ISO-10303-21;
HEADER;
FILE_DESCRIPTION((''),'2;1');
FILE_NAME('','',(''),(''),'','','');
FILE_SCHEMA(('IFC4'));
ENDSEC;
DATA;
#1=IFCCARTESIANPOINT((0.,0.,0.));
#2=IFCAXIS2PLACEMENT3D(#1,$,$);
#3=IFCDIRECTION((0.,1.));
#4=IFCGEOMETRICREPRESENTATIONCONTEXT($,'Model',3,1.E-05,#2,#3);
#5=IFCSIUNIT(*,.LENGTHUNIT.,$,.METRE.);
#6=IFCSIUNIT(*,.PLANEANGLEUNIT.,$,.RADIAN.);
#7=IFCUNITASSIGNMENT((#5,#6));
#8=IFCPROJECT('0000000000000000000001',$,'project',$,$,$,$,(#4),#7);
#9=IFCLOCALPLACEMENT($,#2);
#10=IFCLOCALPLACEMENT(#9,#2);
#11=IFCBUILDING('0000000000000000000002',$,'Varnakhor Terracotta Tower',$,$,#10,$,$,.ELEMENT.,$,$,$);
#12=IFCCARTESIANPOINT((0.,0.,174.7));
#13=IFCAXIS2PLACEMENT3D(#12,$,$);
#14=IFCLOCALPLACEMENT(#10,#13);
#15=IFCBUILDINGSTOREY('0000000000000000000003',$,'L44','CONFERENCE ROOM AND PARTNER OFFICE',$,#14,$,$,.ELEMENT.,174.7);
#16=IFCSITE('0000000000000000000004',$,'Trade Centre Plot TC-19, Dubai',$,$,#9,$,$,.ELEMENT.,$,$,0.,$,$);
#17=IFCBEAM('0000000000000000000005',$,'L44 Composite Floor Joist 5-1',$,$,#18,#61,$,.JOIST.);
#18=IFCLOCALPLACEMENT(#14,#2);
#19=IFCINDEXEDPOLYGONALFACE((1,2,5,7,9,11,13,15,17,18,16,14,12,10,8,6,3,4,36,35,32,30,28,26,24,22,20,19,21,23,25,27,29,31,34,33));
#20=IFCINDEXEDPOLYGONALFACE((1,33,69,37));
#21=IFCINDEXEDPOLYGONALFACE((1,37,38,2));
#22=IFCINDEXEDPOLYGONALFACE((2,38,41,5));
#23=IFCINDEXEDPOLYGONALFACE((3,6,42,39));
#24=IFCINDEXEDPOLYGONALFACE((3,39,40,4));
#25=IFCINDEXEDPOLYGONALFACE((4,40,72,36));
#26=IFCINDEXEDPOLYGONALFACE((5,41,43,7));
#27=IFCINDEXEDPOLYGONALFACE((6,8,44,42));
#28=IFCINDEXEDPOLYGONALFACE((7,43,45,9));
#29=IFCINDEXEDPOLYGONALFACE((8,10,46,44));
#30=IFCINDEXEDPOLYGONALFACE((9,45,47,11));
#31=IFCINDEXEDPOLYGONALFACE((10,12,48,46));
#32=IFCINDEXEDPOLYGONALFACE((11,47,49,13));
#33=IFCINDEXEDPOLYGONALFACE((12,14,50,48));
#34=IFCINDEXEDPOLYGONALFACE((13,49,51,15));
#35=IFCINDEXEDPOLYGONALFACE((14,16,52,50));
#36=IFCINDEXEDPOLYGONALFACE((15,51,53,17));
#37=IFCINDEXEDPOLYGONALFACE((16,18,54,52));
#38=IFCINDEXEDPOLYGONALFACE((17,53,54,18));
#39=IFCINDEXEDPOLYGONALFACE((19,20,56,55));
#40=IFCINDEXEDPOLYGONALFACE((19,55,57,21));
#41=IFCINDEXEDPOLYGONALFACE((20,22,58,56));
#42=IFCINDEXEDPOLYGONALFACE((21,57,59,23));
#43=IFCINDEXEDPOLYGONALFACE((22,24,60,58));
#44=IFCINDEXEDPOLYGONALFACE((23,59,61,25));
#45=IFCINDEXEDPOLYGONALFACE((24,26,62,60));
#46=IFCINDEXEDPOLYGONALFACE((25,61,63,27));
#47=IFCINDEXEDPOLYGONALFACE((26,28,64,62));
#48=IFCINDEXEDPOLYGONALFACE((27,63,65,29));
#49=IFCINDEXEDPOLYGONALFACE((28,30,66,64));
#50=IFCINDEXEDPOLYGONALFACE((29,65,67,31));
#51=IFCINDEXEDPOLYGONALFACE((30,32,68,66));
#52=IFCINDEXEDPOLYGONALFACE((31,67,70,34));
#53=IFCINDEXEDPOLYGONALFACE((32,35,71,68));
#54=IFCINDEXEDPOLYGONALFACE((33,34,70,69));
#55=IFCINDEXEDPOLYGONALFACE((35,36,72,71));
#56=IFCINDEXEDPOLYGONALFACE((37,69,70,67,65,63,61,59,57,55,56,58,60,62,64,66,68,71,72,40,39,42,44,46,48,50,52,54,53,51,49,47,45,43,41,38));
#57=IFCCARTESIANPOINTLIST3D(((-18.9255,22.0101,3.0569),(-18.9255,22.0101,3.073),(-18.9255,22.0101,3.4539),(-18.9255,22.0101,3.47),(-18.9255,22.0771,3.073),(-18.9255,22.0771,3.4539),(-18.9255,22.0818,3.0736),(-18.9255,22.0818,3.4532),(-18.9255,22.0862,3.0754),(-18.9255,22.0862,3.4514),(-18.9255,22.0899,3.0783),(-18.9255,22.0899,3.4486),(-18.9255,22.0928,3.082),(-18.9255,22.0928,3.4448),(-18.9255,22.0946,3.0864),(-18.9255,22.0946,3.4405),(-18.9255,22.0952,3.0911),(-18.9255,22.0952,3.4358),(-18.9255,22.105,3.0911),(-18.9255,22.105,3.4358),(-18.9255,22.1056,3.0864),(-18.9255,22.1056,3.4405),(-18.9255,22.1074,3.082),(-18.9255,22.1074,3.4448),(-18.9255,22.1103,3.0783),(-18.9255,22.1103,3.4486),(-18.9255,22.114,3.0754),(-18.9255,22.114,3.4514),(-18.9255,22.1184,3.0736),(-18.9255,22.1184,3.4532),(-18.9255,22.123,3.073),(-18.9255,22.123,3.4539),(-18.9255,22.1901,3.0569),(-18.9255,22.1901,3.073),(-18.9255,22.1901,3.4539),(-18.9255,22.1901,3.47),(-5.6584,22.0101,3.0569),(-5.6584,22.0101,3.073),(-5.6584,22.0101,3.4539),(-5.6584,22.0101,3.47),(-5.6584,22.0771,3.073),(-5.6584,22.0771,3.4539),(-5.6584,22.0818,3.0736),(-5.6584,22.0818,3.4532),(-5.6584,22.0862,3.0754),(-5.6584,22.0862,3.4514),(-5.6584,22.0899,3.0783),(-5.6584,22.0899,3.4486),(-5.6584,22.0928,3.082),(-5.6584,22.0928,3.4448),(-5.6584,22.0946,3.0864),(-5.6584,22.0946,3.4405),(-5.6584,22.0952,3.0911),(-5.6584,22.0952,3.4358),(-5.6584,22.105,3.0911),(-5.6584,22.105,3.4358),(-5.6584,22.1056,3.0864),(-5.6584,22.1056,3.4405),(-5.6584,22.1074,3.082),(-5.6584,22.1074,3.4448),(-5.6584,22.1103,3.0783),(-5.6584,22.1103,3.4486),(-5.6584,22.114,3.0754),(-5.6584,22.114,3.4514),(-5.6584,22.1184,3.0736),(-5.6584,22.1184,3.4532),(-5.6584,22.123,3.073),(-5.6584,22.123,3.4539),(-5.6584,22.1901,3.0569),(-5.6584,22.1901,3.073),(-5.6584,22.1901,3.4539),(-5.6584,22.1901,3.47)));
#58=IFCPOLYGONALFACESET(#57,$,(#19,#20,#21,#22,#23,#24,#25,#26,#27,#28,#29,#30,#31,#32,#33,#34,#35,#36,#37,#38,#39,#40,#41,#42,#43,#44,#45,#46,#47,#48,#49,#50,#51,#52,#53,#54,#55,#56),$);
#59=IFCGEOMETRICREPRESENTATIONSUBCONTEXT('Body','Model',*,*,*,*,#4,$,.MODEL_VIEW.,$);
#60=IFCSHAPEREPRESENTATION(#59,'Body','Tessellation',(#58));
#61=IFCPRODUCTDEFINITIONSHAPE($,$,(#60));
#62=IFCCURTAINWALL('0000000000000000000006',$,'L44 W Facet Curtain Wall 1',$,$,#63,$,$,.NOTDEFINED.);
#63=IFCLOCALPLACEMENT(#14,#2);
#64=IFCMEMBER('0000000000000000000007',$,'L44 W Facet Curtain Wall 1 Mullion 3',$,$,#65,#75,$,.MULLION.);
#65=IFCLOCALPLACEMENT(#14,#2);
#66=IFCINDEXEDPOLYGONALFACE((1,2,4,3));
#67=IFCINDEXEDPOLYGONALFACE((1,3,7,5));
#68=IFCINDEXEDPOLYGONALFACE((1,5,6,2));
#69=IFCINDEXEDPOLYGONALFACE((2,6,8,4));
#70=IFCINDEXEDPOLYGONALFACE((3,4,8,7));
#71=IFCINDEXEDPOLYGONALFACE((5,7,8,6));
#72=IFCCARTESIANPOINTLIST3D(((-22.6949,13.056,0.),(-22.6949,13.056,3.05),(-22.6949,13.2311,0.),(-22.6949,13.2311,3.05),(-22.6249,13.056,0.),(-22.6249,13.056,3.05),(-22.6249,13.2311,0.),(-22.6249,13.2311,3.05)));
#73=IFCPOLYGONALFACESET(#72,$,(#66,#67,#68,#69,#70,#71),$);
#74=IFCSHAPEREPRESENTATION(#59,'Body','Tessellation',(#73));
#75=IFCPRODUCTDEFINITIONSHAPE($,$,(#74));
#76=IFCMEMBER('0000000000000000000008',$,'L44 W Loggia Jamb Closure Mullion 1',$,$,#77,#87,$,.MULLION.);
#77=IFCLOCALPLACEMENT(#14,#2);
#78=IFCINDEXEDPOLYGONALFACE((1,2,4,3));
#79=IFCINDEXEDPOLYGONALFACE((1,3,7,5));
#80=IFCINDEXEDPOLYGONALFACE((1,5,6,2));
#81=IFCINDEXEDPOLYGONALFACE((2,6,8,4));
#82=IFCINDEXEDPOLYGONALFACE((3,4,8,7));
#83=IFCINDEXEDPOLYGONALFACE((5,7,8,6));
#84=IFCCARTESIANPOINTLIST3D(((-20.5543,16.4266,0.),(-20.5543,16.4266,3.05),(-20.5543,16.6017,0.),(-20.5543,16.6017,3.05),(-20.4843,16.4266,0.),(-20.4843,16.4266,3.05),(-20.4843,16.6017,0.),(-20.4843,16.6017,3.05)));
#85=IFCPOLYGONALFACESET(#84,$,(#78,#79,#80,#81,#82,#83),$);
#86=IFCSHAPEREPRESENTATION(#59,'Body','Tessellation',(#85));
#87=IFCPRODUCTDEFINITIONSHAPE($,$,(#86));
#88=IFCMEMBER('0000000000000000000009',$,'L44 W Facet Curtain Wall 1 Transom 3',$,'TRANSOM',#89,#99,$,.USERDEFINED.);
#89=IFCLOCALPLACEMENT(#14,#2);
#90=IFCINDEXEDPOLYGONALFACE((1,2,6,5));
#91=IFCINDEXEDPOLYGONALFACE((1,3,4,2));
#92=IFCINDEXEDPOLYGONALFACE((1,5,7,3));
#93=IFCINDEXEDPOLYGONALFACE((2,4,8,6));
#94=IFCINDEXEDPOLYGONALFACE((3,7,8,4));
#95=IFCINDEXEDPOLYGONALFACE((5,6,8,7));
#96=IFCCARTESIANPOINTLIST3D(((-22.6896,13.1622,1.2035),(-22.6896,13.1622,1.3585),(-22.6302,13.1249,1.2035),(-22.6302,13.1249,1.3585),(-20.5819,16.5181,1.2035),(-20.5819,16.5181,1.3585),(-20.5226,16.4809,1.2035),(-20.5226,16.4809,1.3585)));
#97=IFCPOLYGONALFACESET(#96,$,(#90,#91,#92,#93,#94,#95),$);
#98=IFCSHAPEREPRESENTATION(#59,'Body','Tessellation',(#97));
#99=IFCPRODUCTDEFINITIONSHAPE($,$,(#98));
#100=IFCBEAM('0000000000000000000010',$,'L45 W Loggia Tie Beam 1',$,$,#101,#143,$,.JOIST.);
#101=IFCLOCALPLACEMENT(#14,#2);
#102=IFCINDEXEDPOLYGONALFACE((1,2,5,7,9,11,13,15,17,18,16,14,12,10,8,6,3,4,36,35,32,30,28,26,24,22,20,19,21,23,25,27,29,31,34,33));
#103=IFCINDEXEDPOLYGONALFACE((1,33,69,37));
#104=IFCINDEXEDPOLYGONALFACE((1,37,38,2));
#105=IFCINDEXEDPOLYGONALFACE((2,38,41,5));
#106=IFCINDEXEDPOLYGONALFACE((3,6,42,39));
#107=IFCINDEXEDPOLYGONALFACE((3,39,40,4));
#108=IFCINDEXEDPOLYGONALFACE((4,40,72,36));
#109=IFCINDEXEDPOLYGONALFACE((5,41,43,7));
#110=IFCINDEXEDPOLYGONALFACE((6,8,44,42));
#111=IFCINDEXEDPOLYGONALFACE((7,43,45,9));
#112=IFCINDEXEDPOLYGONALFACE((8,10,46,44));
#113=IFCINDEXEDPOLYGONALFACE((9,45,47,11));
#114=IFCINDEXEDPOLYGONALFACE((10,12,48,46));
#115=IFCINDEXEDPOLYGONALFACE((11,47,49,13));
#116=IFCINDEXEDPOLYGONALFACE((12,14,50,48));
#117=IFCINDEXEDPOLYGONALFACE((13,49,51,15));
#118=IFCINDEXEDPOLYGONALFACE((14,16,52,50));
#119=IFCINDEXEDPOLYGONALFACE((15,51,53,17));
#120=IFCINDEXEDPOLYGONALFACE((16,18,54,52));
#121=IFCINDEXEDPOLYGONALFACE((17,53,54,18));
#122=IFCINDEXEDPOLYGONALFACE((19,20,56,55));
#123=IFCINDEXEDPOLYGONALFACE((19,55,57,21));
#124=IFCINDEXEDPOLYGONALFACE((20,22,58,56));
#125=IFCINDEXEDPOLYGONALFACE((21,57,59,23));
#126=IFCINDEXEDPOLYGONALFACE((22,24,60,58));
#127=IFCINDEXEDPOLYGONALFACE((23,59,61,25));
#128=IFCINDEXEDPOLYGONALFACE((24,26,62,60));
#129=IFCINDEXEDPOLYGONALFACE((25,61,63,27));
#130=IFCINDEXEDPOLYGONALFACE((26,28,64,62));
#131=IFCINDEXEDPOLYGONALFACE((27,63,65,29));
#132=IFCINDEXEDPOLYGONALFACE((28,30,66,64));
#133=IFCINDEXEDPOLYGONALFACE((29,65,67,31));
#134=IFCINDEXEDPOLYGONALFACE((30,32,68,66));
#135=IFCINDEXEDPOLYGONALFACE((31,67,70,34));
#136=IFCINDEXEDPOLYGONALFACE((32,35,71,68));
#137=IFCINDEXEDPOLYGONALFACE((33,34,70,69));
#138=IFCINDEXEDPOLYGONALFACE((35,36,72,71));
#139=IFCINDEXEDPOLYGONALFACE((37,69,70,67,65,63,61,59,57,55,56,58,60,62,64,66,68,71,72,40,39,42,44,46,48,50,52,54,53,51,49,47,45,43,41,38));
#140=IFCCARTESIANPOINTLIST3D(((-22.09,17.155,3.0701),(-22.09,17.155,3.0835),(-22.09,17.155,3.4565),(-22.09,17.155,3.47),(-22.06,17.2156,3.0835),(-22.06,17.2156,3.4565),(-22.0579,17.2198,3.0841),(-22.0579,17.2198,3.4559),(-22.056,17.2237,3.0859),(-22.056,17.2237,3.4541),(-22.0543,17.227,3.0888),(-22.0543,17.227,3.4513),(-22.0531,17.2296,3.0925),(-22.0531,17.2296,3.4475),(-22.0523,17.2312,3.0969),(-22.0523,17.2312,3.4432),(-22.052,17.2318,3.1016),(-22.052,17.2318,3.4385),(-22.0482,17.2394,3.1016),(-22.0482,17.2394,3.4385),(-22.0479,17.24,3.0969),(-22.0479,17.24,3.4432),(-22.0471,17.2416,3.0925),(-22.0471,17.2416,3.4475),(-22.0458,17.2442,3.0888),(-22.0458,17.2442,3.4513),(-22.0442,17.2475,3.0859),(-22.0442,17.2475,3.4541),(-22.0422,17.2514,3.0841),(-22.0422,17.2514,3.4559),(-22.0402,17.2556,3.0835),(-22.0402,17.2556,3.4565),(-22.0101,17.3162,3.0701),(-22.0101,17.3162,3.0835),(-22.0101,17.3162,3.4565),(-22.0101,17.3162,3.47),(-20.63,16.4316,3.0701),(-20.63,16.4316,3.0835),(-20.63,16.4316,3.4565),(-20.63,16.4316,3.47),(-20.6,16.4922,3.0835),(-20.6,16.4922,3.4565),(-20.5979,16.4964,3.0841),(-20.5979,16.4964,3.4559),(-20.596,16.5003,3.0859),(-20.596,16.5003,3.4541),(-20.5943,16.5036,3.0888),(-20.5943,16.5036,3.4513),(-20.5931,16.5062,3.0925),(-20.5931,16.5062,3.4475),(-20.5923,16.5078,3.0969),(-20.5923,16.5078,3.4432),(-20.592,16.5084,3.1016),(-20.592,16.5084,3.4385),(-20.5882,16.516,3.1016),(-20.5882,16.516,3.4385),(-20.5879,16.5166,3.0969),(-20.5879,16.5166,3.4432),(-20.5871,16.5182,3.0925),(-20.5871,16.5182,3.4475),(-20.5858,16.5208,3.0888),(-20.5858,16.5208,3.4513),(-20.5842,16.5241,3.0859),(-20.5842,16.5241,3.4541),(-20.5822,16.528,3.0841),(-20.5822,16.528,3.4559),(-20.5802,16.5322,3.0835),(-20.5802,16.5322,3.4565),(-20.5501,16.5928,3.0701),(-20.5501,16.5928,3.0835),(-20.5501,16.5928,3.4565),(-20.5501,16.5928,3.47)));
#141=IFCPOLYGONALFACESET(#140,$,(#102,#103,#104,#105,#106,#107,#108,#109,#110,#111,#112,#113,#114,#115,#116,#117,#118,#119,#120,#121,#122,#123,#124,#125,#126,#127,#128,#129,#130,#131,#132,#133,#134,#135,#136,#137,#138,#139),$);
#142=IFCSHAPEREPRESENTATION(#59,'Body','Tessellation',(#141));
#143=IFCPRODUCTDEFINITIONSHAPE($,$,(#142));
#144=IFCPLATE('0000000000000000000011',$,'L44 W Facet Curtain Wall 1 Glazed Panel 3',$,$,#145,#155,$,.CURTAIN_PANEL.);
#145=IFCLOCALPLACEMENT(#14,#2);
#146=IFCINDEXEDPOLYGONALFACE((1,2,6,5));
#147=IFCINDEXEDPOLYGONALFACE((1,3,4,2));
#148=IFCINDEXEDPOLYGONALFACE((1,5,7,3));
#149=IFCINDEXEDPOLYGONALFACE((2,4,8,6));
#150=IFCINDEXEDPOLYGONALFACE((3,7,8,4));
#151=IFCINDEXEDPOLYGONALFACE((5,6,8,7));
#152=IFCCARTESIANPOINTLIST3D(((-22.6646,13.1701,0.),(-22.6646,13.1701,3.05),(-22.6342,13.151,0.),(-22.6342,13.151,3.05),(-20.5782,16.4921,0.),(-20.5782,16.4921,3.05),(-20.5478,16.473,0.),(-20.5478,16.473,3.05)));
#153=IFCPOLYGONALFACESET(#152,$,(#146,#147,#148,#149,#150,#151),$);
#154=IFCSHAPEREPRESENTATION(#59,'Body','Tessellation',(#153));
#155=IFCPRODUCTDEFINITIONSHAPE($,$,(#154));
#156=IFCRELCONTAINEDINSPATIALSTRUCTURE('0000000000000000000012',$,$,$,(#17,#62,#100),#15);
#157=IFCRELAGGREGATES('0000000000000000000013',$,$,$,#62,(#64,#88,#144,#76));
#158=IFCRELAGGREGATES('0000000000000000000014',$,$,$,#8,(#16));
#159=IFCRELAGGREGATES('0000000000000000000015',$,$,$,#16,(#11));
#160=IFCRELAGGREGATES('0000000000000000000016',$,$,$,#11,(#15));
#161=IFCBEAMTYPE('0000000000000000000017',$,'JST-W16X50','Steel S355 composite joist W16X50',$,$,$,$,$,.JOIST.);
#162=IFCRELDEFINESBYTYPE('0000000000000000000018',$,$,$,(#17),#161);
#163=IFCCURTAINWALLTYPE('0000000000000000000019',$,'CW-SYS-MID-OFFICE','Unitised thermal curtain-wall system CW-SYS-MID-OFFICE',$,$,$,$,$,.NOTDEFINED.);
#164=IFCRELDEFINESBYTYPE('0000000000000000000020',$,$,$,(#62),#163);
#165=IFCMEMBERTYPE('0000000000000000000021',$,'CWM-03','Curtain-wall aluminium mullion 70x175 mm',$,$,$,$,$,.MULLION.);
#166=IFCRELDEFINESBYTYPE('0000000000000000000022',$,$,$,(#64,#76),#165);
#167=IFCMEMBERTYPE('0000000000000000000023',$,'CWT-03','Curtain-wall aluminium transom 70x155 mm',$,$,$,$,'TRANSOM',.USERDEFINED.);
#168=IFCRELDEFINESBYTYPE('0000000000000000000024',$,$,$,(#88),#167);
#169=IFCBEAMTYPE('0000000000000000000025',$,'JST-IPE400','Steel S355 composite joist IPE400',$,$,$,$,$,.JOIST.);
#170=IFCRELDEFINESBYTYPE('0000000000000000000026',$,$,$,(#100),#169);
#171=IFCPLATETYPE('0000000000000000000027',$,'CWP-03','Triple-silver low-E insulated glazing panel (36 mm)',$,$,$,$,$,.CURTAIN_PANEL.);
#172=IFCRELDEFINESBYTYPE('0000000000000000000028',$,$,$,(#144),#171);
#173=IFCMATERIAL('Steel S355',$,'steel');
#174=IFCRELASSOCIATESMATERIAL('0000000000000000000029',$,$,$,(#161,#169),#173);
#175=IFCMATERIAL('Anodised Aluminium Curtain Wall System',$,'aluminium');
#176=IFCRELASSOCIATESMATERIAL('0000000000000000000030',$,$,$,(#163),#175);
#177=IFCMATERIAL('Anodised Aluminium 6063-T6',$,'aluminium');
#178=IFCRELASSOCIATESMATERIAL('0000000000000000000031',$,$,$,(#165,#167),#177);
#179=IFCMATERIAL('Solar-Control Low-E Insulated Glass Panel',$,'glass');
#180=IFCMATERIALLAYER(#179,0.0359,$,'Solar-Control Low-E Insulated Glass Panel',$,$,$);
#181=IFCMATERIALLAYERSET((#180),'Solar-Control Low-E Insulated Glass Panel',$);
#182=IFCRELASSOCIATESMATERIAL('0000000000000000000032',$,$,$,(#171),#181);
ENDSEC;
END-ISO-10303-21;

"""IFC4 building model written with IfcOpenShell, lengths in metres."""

from ifc_helpers import new_model, si_unit, direction, frame, origin, origin_2d, place, context, subcontext, project, spatial, rectangle, i_section, extrude, source, transform, mapped, material, layer, layer_set, material_profile, profile_set, type_object, element, aggregate, save


model = new_model("IFC4")

# Units and contexts
model_context = context("Model", 3, precision=1e-05, world=origin(), true_north=direction((0.0, 1.0)))
body_context = subcontext(model_context, "Body", "Model", "MODEL_VIEW")
ifc_project = project(units=[si_unit("LENGTHUNIT", "METRE"), si_unit("PLANEANGLEUNIT", "RADIAN")], contexts=[model_context])

# Site, building, storey
site_placement = place(None, origin())
site = spatial("IfcSite", under=ifc_project, at=site_placement, Name="Trade Centre Plot TC-19, Dubai", CompositionType="ELEMENT", RefElevation=0.0)
building_placement = place(site_placement, origin())
building = spatial("IfcBuilding", under=site, at=building_placement, Name="Varnakhor Terracotta Tower", CompositionType="ELEMENT")
storey_placement = place(building_placement, frame((0.0, 0.0, 174.7)))
storey = spatial("IfcBuildingStorey", under=building, at=storey_placement, Name="L44", Description="CONFERENCE ROOM AND PARTNER OFFICE", CompositionType="ELEMENT", Elevation=174.7)

# Beam
ifc_material_1 = material(Name="Steel S355", Category="steel")
ifc_material_profile_1 = material_profile(ifc_material_1, i_section(OverallWidth=0.1799, OverallDepth=0.4131, WebThickness=0.0098, FlangeThickness=0.0161, FilletRadius=0.0181, at=origin_2d()), Name="W16X50")
ifc_profile_set_1 = profile_set([ifc_material_profile_1], Name="Steel S355")
beam_type_1 = type_object("IfcBeamType", Name="JST-W16X50", Description="Steel S355 composite joist W16X50", PredefinedType="JOIST", material=ifc_profile_set_1)
shared_shape_1 = source(origin(), body_context, "Body", "SweptSolid", [
    extrude(i_section(OverallWidth=0.1799, OverallDepth=0.4131, WebThickness=0.0098, FlangeThickness=0.0161, FilletRadius=0.0181, at=origin_2d()), origin(), (0.0, 0.0, 1.0), 13.2671),
])
beam_1_placement = place(storey_placement, frame((-18.9255, 22.1001, 3.2634), z_axis=(1.0, 0.0, 0.0), x_axis=(0.0, 1.0, 0.0)))
element("IfcBeam", 1, at=beam_1_placement, inside=storey, type_object=beam_type_1, Name="L44 Composite Floor Joist 5-1", PredefinedType="JOIST", context=body_context, shape_type="MappedRepresentation", body=[
    mapped(shared_shape_1, transform((0.0, 0.0, 0.0), scale=1.0)),
])

# Curtain wall, members
ifc_material_2 = material(Name="Anodised Aluminium Curtain Wall System", Category="aluminium")
curtain_wall_type = type_object("IfcCurtainWallType", Name="CW-SYS-MID-OFFICE", Description="Unitised thermal curtain-wall system CW-SYS-MID-OFFICE", PredefinedType="NOTDEFINED", material=ifc_material_2)
curtain_wall_placement = place(storey_placement, origin())
curtain_wall = element("IfcCurtainWall", 2, at=curtain_wall_placement, inside=storey, type_object=curtain_wall_type, Name="L44 W Facet Curtain Wall 1", PredefinedType="NOTDEFINED")
ifc_material_3 = material(Name="Anodised Aluminium 6063-T6", Category="aluminium")
ifc_material_profile_2 = material_profile(ifc_material_3, rectangle(XDim=0.0701, YDim=0.175, at=origin_2d()), Name="ALU MULLION 70x175")
ifc_profile_set_2 = profile_set([ifc_material_profile_2], Name="Anodised Aluminium 6063-T6")
member_type_1 = type_object("IfcMemberType", Name="CWM-03", Description="Curtain-wall aluminium mullion 70x175 mm", PredefinedType="MULLION", material=ifc_profile_set_2)
shared_shape_2 = source(origin(), body_context, "Body", "SweptSolid", [
    extrude(rectangle(XDim=0.0701, YDim=0.175, at=origin_2d()), origin(), (0.0, 0.0, 1.0), 3.05),
])
member_1_placement = place(storey_placement, frame((-22.6599, 13.1436, 0.0), z_axis=(0.0, 0.0, 1.0), x_axis=(1.0, 0.0, 0.0)))
member_1 = element("IfcMember", 3, at=member_1_placement, type_object=member_type_1, Name="L44 W Facet Curtain Wall 1 Mullion 3", PredefinedType="MULLION", context=body_context, shape_type="MappedRepresentation", body=[
    mapped(shared_shape_2, transform((0.0, 0.0, 0.0), scale=1.0)),
])
member_2_placement = place(storey_placement, frame((-20.5193, 16.5142, 0.0), z_axis=(0.0, 0.0, 1.0), x_axis=(1.0, 0.0, 0.0)))
member_2 = element("IfcMember", 4, at=member_2_placement, type_object=member_type_1, Name="L44 W Loggia Jamb Closure Mullion 1", PredefinedType="MULLION", context=body_context, shape_type="MappedRepresentation", body=[
    mapped(shared_shape_2, transform((0.0, 0.0, 0.0), scale=1.0)),
])
ifc_material_profile_3 = material_profile(ifc_material_3, rectangle(XDim=0.0701, YDim=0.155, at=origin_2d()), Name="ALU TRANSOM 70x155")
ifc_profile_set_3 = profile_set([ifc_material_profile_3], Name="Anodised Aluminium 6063-T6")
member_type_2 = type_object("IfcMemberType", Name="CWT-03", Description="Curtain-wall aluminium transom 70x155 mm", ElementType="TRANSOM", PredefinedType="USERDEFINED", material=ifc_profile_set_3)
shared_shape_3 = source(origin(), body_context, "Body", "SweptSolid", [
    extrude(rectangle(XDim=0.0701, YDim=0.155, at=origin_2d()), origin(), (0.0, 0.0, 1.0), 3.9629),
])
member_3_placement = place(storey_placement, frame((-22.6599, 13.1436, 1.281), z_axis=(0.531847, 0.84684, 0.0), x_axis=(-0.84684, 0.531847, 0.0)))
member_3 = element("IfcMember", 5, at=member_3_placement, type_object=member_type_2, Name="L44 W Facet Curtain Wall 1 Transom 3", ObjectType="TRANSOM", PredefinedType="USERDEFINED", context=body_context, shape_type="MappedRepresentation", body=[
    mapped(shared_shape_3, transform((0.0, 0.0, 0.0), scale=1.0)),
])

# Beam
ifc_material_profile_4 = material_profile(ifc_material_1, i_section(OverallWidth=0.1799, OverallDepth=0.3999, WebThickness=0.0085, FlangeThickness=0.0134, FilletRadius=0.0181, at=origin_2d()), Name="IPE400")
ifc_profile_set_4 = profile_set([ifc_material_profile_4], Name="Steel S355")
beam_type_2 = type_object("IfcBeamType", Name="JST-IPE400", Description="Steel S355 composite joist IPE400", PredefinedType="JOIST", material=ifc_profile_set_4)
shared_shape_4 = source(origin(), body_context, "Body", "SweptSolid", [
    extrude(i_section(OverallWidth=0.1799, OverallDepth=0.3999, WebThickness=0.0085, FlangeThickness=0.0134, FilletRadius=0.0181, at=origin_2d()), origin(), (0.0, 0.0, 1.0), 1.6294),
])
beam_2_placement = place(storey_placement, frame((-20.5901, 16.5122, 3.27), z_axis=(-0.89604, 0.443974, 0.0), x_axis=(-0.443974, -0.89604, 0.0)))
element("IfcBeam", 6, at=beam_2_placement, inside=storey, type_object=beam_type_2, Name="L45 W Loggia Tie Beam 1", PredefinedType="JOIST", context=body_context, shape_type="MappedRepresentation", body=[
    mapped(shared_shape_4, transform((0.0, 0.0, 0.0), scale=1.0)),
])

# Plate
ifc_material_4 = material(Name="Solar-Control Low-E Insulated Glass Panel", Category="glass")
ifc_layer_1 = layer(ifc_material_4, 0.0359, Name="Solar-Control Low-E Insulated Glass Panel")
ifc_layer_set_1 = layer_set([ifc_layer_1], Name="Solar-Control Low-E Insulated Glass Panel")
plate_type = type_object("IfcPlateType", Name="CWP-03", Description="Triple-silver low-E insulated glazing panel (36 mm)", PredefinedType="CURTAIN_PANEL", material=ifc_layer_set_1)
shared_shape_5 = source(origin(), body_context, "Body", "SweptSolid", [
    extrude(rectangle(XDim=3.9229, YDim=0.0359, at=origin_2d()), origin(), (0.0, 0.0, 1.0), 3.05),
])
plate_placement = place(storey_placement, frame((-21.6062, 14.8215, 0.0), z_axis=(0.0, 0.0, 1.0), x_axis=(0.531872, 0.846825, 0.0)))
plate = element("IfcPlate", 7, at=plate_placement, type_object=plate_type, Name="L44 W Facet Curtain Wall 1 Glazed Panel 3", PredefinedType="CURTAIN_PANEL", context=body_context, shape_type="MappedRepresentation", body=[
    mapped(shared_shape_5, transform((0.0, 0.0, 0.0), scale=1.0)),
])
aggregate(curtain_wall, [member_1, member_3, plate, member_2])

save(model, "model.ifc")
